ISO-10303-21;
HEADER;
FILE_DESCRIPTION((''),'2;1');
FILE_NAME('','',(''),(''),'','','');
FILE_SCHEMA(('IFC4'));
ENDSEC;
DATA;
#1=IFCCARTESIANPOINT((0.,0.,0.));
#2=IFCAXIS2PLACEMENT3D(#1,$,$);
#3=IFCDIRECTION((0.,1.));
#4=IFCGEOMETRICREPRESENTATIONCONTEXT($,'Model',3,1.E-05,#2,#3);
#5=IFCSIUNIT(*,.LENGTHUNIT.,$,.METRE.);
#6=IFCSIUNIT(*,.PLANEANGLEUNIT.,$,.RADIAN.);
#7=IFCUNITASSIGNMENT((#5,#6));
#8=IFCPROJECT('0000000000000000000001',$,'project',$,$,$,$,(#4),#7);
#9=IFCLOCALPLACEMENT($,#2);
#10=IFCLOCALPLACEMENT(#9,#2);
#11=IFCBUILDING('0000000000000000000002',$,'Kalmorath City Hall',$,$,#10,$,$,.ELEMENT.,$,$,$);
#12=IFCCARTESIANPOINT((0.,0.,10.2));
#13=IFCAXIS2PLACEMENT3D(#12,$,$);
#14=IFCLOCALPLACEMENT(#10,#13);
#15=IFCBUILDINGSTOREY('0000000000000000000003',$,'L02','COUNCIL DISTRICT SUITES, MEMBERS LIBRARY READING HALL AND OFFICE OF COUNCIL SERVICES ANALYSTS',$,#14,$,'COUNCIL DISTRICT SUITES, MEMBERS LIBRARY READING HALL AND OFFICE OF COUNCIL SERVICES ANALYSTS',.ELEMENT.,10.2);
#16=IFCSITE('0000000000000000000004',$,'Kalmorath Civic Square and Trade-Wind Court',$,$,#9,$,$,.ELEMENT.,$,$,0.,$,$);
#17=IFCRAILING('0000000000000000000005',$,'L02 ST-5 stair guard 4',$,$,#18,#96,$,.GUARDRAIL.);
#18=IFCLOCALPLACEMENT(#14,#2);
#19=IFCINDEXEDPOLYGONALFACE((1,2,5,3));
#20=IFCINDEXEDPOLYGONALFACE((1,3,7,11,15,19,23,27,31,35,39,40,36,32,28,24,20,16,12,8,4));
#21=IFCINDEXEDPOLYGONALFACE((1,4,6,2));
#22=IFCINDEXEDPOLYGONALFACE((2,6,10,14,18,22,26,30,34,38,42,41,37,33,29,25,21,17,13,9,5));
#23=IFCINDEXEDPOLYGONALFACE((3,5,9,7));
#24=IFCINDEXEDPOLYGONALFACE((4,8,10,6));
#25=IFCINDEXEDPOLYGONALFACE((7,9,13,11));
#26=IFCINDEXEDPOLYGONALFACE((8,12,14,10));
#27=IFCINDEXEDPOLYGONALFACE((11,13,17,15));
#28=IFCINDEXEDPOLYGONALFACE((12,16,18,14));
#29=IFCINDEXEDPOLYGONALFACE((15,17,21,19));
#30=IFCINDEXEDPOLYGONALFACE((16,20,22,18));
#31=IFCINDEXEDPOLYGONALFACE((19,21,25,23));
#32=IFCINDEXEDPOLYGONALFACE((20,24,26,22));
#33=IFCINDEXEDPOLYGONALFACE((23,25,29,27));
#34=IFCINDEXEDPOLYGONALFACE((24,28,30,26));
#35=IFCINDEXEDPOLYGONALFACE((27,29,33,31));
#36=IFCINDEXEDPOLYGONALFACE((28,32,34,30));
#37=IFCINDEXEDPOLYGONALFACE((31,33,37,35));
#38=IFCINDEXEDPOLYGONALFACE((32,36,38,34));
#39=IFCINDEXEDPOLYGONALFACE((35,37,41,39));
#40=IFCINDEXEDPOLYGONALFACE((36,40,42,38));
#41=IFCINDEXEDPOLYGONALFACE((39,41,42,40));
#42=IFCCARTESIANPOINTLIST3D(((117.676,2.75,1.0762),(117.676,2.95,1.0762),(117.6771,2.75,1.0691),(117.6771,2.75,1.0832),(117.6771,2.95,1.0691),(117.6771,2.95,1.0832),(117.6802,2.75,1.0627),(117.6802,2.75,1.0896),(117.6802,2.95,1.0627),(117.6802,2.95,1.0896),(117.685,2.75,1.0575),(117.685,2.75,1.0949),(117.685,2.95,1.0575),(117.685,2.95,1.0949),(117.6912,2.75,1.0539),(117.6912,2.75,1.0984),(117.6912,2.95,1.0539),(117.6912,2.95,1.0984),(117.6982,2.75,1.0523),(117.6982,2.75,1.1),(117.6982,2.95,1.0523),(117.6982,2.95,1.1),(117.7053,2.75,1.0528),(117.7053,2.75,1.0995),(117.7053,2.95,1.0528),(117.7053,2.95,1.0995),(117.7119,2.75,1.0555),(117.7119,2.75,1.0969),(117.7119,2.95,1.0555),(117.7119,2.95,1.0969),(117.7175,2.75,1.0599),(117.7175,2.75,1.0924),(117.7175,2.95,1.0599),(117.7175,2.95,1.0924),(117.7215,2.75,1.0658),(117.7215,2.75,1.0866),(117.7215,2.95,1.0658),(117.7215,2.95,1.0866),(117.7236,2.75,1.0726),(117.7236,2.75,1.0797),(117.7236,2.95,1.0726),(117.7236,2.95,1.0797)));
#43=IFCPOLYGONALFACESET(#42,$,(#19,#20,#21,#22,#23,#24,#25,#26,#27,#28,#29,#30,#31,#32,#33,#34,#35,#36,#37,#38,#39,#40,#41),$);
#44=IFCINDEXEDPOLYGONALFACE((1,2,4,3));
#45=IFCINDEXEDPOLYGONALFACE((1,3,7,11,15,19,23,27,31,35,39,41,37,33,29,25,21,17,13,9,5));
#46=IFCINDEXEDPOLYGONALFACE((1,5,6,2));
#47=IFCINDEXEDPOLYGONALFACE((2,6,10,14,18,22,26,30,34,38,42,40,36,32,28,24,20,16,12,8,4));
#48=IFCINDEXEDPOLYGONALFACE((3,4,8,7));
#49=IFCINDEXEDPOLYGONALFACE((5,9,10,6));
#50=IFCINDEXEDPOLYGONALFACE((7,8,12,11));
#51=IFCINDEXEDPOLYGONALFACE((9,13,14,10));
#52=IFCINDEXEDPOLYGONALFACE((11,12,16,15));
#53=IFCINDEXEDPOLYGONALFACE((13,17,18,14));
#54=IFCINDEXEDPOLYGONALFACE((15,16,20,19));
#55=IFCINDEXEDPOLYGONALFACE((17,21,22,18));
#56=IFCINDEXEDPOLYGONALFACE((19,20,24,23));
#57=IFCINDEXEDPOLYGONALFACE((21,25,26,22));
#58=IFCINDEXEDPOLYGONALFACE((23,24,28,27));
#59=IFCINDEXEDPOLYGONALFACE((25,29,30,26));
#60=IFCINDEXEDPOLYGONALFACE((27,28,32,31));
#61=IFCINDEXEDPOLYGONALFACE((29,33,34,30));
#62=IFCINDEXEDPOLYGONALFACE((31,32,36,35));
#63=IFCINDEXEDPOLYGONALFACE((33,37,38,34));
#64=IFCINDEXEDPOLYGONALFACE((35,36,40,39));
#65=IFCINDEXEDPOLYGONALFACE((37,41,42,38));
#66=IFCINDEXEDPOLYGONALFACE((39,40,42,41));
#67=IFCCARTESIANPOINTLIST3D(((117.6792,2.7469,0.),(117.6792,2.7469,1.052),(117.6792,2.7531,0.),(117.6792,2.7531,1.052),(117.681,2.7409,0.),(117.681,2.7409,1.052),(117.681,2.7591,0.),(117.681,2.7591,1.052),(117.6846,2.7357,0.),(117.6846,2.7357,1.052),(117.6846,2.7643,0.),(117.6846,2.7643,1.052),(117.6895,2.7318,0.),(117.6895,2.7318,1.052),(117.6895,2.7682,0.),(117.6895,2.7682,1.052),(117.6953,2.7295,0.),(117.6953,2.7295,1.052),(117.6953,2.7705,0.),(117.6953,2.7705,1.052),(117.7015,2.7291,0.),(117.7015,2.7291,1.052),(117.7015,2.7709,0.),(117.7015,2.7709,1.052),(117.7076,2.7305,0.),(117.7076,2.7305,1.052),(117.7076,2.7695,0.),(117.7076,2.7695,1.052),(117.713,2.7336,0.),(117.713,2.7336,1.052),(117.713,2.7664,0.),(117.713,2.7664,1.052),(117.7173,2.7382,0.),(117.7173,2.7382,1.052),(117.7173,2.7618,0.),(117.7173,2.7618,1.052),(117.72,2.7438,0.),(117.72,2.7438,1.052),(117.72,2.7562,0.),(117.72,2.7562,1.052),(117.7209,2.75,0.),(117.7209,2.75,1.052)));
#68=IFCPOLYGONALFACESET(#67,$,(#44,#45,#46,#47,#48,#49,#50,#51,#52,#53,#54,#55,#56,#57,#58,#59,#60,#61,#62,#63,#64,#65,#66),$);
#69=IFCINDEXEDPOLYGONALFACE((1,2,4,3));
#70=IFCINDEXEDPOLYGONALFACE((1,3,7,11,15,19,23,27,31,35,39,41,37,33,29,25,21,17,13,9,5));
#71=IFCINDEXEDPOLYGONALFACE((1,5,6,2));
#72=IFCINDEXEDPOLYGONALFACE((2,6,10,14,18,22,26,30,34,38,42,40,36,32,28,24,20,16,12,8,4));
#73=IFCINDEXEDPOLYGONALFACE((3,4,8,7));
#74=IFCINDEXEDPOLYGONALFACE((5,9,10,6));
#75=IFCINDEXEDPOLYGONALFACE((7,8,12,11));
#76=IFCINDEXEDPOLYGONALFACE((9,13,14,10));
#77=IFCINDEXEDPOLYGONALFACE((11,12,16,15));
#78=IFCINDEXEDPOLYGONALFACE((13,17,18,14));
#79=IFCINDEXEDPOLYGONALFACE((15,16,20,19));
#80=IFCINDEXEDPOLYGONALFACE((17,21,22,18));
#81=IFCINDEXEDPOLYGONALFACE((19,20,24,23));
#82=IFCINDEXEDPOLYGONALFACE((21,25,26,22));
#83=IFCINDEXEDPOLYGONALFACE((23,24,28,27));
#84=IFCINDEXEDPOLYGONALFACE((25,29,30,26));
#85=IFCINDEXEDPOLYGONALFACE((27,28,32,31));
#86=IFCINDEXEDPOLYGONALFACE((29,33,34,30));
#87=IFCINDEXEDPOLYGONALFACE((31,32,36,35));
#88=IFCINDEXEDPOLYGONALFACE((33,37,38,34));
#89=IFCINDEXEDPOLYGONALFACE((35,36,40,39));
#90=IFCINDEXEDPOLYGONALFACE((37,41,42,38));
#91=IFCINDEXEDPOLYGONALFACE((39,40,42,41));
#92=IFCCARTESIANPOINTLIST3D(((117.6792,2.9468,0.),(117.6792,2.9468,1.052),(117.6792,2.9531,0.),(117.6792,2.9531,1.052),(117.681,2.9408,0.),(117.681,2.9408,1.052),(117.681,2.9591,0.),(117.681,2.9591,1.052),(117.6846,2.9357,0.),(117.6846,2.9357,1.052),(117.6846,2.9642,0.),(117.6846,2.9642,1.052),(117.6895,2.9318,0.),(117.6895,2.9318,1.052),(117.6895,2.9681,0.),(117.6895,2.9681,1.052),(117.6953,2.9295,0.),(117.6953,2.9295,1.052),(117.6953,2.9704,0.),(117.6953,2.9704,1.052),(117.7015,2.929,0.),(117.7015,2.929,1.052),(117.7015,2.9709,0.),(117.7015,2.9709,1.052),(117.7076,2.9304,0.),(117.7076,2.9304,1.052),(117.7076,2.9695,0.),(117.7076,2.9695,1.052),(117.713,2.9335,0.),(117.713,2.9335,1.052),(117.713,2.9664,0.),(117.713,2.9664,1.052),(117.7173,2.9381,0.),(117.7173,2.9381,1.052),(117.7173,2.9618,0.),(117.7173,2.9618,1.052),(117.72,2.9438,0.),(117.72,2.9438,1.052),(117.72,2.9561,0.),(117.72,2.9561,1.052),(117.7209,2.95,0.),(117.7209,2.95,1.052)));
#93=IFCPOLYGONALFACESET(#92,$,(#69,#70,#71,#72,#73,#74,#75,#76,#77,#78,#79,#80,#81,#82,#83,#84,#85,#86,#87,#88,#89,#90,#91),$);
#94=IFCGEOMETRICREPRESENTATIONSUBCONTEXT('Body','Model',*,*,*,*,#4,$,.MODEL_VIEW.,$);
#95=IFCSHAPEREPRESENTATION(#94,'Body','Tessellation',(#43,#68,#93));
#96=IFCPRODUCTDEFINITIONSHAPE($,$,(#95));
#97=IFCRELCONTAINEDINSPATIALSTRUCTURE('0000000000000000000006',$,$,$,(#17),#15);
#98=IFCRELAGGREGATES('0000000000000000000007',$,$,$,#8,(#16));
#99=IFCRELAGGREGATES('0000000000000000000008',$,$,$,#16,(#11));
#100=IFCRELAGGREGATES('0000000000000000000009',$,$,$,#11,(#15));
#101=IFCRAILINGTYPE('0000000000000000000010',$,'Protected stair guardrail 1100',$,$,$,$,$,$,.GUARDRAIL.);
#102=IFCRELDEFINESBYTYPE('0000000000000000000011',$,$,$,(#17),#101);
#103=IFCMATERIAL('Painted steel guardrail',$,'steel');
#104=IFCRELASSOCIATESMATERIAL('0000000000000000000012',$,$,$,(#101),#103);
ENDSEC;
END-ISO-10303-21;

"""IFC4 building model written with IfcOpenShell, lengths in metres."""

from ifc_helpers import new_model, si_unit, direction, frame, origin, origin_2d, place, context, subcontext, project, spatial, circle, extrude, material, type_object, element, save


model = new_model("IFC4")

# Units and contexts
model_context = context("Model", 3, precision=1e-05, world=origin(), true_north=direction((0.0, 1.0)))
body_context = subcontext(model_context, "Body", "Model", "MODEL_VIEW")
ifc_project = project(units=[si_unit("LENGTHUNIT", "METRE"), si_unit("PLANEANGLEUNIT", "RADIAN")], contexts=[model_context])

# Site, building, storey
site_placement = place(None, origin())
site = spatial("IfcSite", under=ifc_project, at=site_placement, Name="Kalmorath Civic Square and Trade-Wind Court", CompositionType="ELEMENT", RefElevation=0.0)
building_placement = place(site_placement, origin())
building = spatial("IfcBuilding", under=site, at=building_placement, Name="Kalmorath City Hall", CompositionType="ELEMENT")
storey_placement = place(building_placement, frame((0.0, 0.0, 10.2)))
storey = spatial("IfcBuildingStorey", under=building, at=storey_placement, Name="L02", Description="COUNCIL DISTRICT SUITES, MEMBERS LIBRARY READING HALL AND OFFICE OF COUNCIL SERVICES ANALYSTS", LongName="COUNCIL DISTRICT SUITES, MEMBERS LIBRARY READING HALL AND OFFICE OF COUNCIL SERVICES ANALYSTS", CompositionType="ELEMENT", Elevation=10.2)

# Railing
ifc_material_1 = material(Name="Painted steel guardrail", Category="steel")
railing_type_1 = type_object("IfcRailingType", Name="Protected stair guardrail 1100", PredefinedType="GUARDRAIL", material=ifc_material_1)
railing_1_placement = place(storey_placement, frame((117.7, 2.75, 0.0)))
element("IfcRailing", 1, at=railing_1_placement, inside=storey, type_object=railing_type_1, Name="L02 ST-5 stair guard 4", PredefinedType="GUARDRAIL", context=body_context, shape_type="SweptSolid", body=[
    extrude(circle(Radius=0.0239, at=origin_2d()), frame((0.0, 0.0, 1.0762), z_axis=(0.0, 1.0, 0.0), x_axis=(-1.0, 0.0, 0.0)), (0.0, 0.0, 1.0), 0.2),
    extrude(circle(Radius=0.021, at=origin_2d()), origin(), (0.0, 0.0, 1.0), 1.052),
    extrude(circle(Radius=0.021, at=origin_2d()), frame((0.0, 0.2, 0.0)), (0.0, 0.0, 1.0), 1.052),
])

save(model, "model.ifc")
